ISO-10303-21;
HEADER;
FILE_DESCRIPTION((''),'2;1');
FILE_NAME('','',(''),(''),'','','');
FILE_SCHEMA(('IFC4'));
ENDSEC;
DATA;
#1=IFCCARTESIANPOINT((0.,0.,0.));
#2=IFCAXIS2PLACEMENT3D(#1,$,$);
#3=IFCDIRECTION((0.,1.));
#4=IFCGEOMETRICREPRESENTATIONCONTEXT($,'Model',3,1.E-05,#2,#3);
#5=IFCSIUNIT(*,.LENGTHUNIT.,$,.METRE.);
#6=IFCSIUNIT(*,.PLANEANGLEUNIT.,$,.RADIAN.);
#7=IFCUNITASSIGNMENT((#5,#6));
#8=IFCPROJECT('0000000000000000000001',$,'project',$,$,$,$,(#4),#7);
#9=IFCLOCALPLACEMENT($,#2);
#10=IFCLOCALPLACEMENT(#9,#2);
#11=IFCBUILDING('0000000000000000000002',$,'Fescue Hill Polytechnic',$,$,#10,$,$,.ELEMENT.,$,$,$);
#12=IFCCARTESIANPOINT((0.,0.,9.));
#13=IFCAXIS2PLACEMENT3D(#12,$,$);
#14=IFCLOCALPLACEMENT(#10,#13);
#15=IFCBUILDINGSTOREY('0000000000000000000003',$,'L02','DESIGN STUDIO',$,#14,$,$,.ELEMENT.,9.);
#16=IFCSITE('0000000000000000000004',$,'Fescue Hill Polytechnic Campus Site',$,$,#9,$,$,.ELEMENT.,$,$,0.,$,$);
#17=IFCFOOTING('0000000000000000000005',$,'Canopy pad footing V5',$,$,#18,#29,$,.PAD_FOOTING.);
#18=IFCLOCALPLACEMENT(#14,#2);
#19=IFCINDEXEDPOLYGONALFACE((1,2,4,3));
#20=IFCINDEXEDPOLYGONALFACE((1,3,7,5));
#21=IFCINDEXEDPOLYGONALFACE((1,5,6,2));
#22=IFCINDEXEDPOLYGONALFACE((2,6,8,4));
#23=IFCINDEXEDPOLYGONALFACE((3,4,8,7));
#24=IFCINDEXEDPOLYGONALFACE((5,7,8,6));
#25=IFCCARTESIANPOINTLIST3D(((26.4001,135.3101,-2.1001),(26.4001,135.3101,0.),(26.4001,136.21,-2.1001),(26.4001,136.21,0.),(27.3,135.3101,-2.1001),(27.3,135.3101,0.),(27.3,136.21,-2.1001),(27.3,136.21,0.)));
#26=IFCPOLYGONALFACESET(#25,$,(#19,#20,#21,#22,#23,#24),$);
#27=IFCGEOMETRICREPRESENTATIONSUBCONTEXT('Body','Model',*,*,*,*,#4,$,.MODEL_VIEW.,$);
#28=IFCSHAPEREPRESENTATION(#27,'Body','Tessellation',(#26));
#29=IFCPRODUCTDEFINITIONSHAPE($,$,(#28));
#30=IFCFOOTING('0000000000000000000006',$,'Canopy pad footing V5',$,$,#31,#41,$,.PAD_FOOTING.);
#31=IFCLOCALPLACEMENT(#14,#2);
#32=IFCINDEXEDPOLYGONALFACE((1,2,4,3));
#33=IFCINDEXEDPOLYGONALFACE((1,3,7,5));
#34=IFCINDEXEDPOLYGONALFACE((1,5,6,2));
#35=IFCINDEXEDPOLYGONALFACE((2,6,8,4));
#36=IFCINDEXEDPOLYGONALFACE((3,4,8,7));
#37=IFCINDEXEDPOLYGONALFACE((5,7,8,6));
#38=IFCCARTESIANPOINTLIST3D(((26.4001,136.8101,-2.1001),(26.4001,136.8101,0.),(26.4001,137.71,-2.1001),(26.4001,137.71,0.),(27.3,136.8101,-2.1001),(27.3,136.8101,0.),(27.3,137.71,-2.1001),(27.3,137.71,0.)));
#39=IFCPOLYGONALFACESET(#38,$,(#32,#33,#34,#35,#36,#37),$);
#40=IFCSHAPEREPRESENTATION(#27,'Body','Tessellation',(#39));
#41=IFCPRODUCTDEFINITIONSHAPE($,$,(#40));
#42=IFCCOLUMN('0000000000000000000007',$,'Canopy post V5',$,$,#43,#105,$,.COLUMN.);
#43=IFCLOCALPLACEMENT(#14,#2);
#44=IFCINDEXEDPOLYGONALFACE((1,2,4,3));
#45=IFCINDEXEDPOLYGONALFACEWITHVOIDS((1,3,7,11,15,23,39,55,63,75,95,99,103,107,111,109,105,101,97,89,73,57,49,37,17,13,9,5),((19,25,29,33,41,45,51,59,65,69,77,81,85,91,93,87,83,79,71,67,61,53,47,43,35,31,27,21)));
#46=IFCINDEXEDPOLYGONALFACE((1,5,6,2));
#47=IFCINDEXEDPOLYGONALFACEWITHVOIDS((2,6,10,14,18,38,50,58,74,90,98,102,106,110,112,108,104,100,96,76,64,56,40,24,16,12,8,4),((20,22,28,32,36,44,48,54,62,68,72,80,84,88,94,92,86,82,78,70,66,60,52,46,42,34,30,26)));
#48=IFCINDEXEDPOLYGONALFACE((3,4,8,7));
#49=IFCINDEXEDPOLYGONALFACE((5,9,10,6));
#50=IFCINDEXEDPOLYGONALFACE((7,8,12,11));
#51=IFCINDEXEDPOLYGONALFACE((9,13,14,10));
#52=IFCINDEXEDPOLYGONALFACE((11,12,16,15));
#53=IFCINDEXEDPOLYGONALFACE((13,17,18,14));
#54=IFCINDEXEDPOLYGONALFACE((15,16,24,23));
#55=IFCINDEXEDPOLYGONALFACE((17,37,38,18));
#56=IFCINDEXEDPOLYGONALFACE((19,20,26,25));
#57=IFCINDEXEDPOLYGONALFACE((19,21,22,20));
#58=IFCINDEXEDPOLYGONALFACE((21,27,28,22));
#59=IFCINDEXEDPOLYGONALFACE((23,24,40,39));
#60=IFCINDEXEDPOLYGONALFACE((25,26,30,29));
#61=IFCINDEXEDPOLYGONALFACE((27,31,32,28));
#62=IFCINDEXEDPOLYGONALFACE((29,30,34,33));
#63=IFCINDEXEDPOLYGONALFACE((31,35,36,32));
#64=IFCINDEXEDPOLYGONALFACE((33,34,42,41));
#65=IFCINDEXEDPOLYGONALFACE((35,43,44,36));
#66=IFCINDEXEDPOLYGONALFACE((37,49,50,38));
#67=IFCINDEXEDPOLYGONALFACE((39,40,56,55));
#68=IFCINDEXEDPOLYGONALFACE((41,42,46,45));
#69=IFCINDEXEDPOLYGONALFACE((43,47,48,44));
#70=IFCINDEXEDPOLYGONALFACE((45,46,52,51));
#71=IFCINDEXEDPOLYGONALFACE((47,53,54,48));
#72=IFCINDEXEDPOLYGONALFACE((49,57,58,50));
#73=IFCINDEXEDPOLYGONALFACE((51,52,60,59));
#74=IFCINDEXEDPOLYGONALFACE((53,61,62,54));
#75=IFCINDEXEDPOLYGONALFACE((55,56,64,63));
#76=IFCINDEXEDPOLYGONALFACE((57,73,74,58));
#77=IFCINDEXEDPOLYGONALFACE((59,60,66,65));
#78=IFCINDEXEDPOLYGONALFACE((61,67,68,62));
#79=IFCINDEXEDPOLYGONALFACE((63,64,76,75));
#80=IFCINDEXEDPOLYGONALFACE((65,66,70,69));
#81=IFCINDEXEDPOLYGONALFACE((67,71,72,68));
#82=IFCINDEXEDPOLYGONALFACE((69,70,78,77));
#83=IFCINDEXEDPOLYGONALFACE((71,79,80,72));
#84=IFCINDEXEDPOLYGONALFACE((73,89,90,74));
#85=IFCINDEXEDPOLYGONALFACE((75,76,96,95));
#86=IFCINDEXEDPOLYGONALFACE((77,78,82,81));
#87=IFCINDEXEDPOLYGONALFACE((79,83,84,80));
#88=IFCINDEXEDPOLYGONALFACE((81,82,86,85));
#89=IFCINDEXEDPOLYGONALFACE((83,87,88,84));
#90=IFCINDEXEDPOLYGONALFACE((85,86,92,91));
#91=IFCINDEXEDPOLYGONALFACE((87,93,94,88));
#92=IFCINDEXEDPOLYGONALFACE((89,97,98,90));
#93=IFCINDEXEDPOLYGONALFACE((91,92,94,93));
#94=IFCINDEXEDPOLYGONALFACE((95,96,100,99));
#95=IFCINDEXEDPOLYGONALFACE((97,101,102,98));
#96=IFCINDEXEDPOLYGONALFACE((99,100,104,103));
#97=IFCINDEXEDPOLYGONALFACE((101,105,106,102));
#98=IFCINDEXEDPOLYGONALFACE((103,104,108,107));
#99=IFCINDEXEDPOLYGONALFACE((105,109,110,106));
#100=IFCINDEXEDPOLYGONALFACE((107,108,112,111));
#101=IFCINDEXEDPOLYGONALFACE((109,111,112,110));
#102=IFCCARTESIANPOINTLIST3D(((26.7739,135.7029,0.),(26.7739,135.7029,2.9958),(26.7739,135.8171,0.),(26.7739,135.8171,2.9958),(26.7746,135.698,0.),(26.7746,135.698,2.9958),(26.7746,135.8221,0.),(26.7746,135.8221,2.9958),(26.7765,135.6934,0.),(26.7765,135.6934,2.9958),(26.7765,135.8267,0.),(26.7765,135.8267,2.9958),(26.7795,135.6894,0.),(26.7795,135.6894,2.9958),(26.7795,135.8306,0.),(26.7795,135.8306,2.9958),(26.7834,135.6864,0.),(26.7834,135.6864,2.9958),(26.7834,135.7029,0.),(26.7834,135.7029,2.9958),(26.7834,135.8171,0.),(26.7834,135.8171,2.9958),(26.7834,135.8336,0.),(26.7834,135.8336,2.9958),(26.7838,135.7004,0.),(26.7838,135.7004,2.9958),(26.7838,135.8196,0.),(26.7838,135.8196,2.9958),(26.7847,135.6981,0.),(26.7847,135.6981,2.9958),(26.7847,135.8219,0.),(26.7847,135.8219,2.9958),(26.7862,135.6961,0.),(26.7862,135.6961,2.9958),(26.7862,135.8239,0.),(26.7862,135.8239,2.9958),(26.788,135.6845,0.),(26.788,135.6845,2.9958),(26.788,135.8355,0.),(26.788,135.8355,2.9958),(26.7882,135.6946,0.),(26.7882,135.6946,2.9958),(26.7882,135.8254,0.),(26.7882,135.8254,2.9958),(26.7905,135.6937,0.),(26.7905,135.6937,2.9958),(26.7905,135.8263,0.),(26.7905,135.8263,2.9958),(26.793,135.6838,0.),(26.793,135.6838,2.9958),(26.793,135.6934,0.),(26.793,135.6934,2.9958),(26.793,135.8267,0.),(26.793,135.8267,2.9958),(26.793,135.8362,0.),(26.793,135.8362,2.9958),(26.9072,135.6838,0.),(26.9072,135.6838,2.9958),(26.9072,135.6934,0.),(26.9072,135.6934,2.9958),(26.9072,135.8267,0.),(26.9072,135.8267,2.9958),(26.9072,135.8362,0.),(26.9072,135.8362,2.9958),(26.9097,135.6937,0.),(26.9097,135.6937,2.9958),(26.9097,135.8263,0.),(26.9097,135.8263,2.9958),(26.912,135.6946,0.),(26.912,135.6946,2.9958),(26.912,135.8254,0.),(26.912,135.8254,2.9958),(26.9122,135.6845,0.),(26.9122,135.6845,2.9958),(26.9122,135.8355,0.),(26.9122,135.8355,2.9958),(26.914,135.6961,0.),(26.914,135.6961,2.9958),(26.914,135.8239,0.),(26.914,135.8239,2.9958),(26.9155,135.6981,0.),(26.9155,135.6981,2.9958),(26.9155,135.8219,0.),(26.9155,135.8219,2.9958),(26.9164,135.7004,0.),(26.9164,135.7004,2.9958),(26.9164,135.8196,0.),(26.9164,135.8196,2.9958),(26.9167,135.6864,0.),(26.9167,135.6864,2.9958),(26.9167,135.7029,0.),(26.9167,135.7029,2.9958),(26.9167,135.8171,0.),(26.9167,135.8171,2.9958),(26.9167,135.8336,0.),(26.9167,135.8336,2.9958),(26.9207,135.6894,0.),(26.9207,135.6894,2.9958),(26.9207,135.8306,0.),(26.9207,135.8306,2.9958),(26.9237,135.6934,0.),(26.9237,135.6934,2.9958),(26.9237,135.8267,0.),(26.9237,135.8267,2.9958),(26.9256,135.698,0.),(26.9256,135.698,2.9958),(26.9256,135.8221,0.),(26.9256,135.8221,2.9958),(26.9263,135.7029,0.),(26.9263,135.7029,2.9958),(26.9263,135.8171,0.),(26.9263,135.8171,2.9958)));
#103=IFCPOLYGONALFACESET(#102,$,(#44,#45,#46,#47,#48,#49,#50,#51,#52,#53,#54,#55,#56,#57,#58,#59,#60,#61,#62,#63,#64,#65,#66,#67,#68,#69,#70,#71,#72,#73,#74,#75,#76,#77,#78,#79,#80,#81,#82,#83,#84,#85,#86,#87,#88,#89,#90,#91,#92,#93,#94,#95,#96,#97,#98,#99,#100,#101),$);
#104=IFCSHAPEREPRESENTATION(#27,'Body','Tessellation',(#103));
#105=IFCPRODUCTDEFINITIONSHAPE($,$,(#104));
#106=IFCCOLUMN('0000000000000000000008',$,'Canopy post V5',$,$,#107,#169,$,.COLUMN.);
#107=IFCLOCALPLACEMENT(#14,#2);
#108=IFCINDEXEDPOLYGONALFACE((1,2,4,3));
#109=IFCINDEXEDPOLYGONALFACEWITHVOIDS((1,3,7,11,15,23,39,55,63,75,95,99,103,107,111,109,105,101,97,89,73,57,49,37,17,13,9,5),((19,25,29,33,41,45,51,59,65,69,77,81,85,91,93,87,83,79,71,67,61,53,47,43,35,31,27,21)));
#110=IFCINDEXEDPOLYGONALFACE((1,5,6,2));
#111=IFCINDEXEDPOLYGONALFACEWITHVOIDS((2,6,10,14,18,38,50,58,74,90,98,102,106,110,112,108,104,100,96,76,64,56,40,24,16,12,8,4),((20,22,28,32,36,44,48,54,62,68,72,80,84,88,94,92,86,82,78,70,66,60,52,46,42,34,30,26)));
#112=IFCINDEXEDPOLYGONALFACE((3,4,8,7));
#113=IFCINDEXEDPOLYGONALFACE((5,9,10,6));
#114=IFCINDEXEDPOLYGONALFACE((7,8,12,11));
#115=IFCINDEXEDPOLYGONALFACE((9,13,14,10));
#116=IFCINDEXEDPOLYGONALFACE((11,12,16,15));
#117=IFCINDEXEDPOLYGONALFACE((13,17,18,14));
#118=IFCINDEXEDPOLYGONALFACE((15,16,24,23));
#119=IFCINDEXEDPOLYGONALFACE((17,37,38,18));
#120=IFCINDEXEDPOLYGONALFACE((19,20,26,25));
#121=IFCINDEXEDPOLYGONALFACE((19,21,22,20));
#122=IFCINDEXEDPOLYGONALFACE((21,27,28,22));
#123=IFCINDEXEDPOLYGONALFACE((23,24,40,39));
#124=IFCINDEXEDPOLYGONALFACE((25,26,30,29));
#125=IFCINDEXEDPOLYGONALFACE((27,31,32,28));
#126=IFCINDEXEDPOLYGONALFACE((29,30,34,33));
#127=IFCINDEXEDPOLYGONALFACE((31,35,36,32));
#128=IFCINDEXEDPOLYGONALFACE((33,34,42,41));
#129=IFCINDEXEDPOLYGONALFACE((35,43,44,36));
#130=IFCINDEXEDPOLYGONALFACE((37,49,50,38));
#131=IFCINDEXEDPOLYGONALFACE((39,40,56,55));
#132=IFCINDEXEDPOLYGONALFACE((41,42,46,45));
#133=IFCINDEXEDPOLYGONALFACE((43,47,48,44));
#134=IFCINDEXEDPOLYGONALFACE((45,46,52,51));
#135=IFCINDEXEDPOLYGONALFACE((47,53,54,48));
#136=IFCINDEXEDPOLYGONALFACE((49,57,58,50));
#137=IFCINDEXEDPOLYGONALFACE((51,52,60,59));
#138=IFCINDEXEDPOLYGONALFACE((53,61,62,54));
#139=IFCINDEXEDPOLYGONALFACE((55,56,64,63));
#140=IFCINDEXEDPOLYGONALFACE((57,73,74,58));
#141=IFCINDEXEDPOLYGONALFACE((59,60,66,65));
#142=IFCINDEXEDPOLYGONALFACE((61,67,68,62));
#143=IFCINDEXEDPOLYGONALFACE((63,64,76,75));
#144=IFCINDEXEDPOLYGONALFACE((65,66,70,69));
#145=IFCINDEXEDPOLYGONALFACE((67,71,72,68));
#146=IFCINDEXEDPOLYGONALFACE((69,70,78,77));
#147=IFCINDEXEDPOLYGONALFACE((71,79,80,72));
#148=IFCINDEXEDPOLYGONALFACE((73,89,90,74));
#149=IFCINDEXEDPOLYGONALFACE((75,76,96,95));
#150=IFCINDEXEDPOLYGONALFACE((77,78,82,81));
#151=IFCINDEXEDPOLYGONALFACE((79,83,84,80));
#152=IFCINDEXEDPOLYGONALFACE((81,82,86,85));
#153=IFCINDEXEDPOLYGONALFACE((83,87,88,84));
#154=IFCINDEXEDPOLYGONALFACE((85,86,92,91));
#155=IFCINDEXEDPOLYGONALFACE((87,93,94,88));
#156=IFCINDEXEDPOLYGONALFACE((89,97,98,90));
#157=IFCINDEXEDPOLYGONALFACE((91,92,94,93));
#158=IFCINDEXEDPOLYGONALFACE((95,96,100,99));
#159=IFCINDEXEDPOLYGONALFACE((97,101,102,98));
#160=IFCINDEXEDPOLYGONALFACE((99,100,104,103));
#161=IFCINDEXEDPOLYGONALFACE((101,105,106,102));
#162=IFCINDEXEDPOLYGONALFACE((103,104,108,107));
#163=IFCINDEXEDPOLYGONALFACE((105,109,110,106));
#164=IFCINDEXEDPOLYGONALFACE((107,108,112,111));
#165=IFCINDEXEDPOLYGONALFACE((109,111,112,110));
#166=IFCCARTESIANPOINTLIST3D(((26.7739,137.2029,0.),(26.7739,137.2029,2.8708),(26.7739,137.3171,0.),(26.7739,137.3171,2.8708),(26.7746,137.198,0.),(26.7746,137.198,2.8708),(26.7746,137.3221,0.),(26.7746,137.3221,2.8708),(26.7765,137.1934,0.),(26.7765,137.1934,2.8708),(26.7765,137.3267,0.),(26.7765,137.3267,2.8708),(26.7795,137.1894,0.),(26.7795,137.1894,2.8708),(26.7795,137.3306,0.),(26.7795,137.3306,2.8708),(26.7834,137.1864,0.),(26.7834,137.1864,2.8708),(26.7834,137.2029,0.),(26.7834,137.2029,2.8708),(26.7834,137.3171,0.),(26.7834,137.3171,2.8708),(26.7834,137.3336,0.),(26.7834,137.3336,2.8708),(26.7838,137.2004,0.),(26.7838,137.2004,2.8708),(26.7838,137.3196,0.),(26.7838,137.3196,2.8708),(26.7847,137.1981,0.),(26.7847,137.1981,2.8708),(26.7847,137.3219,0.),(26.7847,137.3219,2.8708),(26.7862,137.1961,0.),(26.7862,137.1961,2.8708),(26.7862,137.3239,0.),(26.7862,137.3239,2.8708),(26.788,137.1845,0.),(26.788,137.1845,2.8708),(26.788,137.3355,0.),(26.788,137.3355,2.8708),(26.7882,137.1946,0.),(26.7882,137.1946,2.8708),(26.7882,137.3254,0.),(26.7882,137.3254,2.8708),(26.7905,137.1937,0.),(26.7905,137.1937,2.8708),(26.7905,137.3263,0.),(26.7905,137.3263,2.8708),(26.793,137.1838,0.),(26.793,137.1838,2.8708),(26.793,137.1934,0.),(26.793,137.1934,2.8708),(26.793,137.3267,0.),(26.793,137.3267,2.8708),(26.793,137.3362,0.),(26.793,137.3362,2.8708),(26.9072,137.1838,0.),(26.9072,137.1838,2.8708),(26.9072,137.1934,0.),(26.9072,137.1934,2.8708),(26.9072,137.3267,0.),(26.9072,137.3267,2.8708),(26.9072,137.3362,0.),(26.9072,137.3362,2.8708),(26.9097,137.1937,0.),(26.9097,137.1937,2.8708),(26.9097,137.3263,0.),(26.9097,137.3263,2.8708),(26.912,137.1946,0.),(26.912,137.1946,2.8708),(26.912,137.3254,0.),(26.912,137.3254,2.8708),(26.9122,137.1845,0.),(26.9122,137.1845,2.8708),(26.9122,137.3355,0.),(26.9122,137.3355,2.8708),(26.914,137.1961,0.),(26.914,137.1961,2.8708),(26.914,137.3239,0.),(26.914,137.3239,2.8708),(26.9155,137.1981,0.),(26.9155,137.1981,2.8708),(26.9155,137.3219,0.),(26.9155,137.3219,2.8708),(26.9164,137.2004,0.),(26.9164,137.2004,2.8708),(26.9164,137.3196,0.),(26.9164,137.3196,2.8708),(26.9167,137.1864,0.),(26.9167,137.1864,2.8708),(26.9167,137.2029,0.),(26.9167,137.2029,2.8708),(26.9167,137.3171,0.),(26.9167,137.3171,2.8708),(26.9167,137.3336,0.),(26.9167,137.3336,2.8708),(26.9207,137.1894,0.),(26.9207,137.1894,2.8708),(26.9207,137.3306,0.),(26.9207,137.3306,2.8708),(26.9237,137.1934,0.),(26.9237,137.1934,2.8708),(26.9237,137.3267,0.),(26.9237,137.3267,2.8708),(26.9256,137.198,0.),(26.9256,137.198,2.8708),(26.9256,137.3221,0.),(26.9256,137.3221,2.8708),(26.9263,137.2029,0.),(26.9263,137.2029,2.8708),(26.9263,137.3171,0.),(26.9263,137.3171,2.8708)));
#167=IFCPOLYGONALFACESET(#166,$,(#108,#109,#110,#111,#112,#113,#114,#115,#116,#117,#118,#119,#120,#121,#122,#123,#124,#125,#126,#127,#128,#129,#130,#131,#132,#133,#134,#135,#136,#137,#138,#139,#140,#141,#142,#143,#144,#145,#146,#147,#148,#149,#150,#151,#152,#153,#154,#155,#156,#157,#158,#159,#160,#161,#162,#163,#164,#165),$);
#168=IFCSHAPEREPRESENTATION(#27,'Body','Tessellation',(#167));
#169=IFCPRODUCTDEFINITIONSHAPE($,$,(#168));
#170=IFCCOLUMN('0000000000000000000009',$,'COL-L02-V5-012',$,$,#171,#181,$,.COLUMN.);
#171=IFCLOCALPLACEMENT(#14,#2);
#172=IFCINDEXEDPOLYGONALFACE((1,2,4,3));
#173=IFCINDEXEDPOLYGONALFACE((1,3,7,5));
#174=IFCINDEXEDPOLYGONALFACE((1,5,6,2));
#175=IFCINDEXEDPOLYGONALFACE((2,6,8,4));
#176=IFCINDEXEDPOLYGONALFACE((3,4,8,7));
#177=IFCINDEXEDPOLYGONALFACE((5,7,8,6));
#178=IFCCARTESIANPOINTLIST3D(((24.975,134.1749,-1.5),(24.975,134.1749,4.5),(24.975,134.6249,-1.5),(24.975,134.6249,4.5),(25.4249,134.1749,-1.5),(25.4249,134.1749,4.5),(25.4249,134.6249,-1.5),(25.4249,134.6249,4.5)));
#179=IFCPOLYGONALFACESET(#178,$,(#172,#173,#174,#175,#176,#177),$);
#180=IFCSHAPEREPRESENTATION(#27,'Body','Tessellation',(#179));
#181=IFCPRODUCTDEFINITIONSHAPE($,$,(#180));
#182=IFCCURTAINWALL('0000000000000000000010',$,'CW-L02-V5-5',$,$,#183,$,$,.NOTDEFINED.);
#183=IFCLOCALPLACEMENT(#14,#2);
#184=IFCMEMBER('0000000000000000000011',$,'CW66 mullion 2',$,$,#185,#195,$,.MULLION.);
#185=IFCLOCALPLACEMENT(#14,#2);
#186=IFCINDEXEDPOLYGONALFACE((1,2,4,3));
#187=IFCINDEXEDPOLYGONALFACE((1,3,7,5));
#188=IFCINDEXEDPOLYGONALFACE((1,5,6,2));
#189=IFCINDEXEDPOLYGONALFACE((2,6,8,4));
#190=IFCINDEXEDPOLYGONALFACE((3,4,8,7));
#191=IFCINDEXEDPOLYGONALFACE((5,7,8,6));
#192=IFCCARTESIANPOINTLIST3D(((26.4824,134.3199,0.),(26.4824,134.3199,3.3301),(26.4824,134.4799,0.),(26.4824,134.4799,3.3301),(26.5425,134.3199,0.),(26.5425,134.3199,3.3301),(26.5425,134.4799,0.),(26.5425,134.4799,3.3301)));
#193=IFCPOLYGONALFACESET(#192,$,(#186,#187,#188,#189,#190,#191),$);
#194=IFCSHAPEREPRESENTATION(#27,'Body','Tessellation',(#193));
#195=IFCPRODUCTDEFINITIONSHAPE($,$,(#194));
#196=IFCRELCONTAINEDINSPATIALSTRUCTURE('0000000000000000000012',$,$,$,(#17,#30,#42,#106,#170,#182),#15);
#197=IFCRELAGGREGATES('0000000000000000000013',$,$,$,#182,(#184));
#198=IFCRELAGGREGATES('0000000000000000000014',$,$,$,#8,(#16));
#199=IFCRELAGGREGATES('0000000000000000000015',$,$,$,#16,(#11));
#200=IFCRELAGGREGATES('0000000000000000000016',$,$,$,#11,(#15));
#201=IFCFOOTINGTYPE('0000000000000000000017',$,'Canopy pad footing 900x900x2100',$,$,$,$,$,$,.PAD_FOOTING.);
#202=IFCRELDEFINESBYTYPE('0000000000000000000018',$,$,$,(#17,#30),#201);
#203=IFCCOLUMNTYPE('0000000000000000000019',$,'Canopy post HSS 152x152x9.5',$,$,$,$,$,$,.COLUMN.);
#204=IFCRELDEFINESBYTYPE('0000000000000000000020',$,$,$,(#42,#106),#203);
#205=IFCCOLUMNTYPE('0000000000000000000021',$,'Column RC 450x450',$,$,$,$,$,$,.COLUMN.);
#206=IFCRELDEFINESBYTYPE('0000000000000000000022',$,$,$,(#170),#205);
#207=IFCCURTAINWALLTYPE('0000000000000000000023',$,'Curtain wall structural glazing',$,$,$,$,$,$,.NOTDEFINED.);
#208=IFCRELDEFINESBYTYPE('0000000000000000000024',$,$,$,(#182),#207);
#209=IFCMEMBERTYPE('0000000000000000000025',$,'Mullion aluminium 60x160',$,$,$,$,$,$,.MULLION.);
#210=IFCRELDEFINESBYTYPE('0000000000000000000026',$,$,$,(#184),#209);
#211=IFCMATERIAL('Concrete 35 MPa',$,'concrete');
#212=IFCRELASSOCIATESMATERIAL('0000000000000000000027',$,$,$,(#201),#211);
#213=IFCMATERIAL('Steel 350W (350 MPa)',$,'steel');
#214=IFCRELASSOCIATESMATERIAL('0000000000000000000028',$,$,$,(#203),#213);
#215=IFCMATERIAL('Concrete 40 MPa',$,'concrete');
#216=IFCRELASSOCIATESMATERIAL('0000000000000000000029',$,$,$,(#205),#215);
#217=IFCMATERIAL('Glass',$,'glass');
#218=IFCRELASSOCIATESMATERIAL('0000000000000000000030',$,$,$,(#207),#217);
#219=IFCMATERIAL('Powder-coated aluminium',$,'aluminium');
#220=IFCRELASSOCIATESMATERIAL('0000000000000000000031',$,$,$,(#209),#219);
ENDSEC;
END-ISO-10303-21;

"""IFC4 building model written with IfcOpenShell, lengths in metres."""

from ifc_helpers import new_model, si_unit, direction, frame, origin, origin_2d, place, context, subcontext, project, spatial, rectangle, hollow_rectangle, extrude, material, material_profile, profile_set, type_object, element, aggregate, save


model = new_model("IFC4")

# Units and contexts
model_context = context("Model", 3, precision=1e-05, world=origin(), true_north=direction((0.0, 1.0)))
body_context = subcontext(model_context, "Body", "Model", "MODEL_VIEW")
ifc_project = project(units=[si_unit("LENGTHUNIT", "METRE"), si_unit("PLANEANGLEUNIT", "RADIAN")], contexts=[model_context])

# Site, building, storey
site_placement = place(None, origin())
site = spatial("IfcSite", under=ifc_project, at=site_placement, Name="Fescue Hill Polytechnic Campus Site", CompositionType="ELEMENT", RefElevation=0.0)
building_placement = place(site_placement, origin())
building = spatial("IfcBuilding", under=site, at=building_placement, Name="Fescue Hill Polytechnic", CompositionType="ELEMENT")
storey_placement = place(building_placement, frame((0.0, 0.0, 9.0)))
storey = spatial("IfcBuildingStorey", under=building, at=storey_placement, Name="L02", Description="DESIGN STUDIO", CompositionType="ELEMENT", Elevation=9.0)

# Footings
ifc_material_1 = material(Name="Concrete 35 MPa", Category="concrete")
footing_type = type_object("IfcFootingType", Name="Canopy pad footing 900x900x2100", PredefinedType="PAD_FOOTING", material=ifc_material_1)
for number, where, z_axis, x_axis, name in (
    (1, (26.8501, 135.76, -2.1001), (0.0, 0.0, 1.0), (-1.0, 0.0, 0.0), "Canopy pad footing V5"),
    (2, (26.8501, 137.26, -2.1001), (0.0, 0.0, 1.0), (-1.0, 0.0, 0.0), "Canopy pad footing V5"),
):
    element("IfcFooting", number, at=place(storey_placement, frame(where, z_axis=z_axis, x_axis=x_axis)), inside=storey, type_object=footing_type, Name=name, PredefinedType="PAD_FOOTING", context=body_context, shape_type="SweptSolid", body=[
        extrude(rectangle(XDim=0.8999, YDim=0.8999, at=origin_2d()), origin(), (0.0, 0.0, 1.0), 2.1001),
    ])

# Columns
ifc_material_2 = material(Name="Steel 350W (350 MPa)", Category="steel")
ifc_material_profile_1 = material_profile(ifc_material_2, hollow_rectangle(XDim=0.1523, YDim=0.1523, WallThickness=0.0095, InnerFilletRadius=0.0095, OuterFilletRadius=0.019, at=origin_2d()), Name="Canopy post HSS 152x152x9.5")
ifc_profile_set_1 = profile_set([ifc_material_profile_1], Name="Steel 350W (350 MPa)")
column_type_1 = type_object("IfcColumnType", Name="Canopy post HSS 152x152x9.5", PredefinedType="COLUMN", material=ifc_profile_set_1)
column_1_placement = place(storey_placement, frame((26.8501, 135.76, 0.0), z_axis=(0.0, 0.0, 1.0), x_axis=(1.0, 0.0, 0.0)))
element("IfcColumn", 3, at=column_1_placement, inside=storey, type_object=column_type_1, Name="Canopy post V5", PredefinedType="COLUMN", context=body_context, shape_type="SweptSolid", body=[
    extrude(hollow_rectangle(XDim=0.1523, YDim=0.1523, WallThickness=0.0095, InnerFilletRadius=0.0095, OuterFilletRadius=0.019, at=origin_2d()), origin(), (0.0, 0.0, 1.0), 2.9958),
])
column_2_placement = place(storey_placement, frame((26.8501, 137.26, 0.0), z_axis=(0.0, 0.0, 1.0), x_axis=(1.0, 0.0, 0.0)))
element("IfcColumn", 4, at=column_2_placement, inside=storey, type_object=column_type_1, Name="Canopy post V5", PredefinedType="COLUMN", context=body_context, shape_type="SweptSolid", body=[
    extrude(hollow_rectangle(XDim=0.1523, YDim=0.1523, WallThickness=0.0095, InnerFilletRadius=0.0095, OuterFilletRadius=0.019, at=origin_2d()), origin(), (0.0, 0.0, 1.0), 2.8708),
])
ifc_material_3 = material(Name="Concrete 40 MPa", Category="concrete")
ifc_material_profile_2 = material_profile(ifc_material_3, rectangle(XDim=0.45, YDim=0.45, at=origin_2d()), Name="RC 450x450")
ifc_profile_set_2 = profile_set([ifc_material_profile_2], Name="Concrete 40 MPa")
column_type_2 = type_object("IfcColumnType", Name="Column RC 450x450", PredefinedType="COLUMN", material=ifc_profile_set_2)
column_3_placement = place(storey_placement, frame((25.2, 134.3999, -1.5), z_axis=(0.0, 0.0, 1.0), x_axis=(1.0, 0.0, 0.0)))
element("IfcColumn", 5, at=column_3_placement, inside=storey, type_object=column_type_2, Name="COL-L02-V5-012", PredefinedType="COLUMN", context=body_context, shape_type="SweptSolid", body=[
    extrude(rectangle(XDim=0.45, YDim=0.45, at=origin_2d()), origin(), (0.0, 0.0, 1.0), 6.0),
])

# Curtain wall, member
ifc_material_4 = material(Name="Glass", Category="glass")
curtain_wall_type = type_object("IfcCurtainWallType", Name="Curtain wall structural glazing", PredefinedType="NOTDEFINED", material=ifc_material_4)
curtain_wall_1_placement = place(storey_placement, origin())
curtain_wall_1 = element("IfcCurtainWall", 6, at=curtain_wall_1_placement, inside=storey, type_object=curtain_wall_type, Name="CW-L02-V5-5", PredefinedType="NOTDEFINED")
ifc_material_5 = material(Name="Powder-coated aluminium", Category="aluminium")
ifc_material_profile_3 = material_profile(ifc_material_5, rectangle(XDim=0.1599, YDim=0.0601, at=origin_2d()), Name="Mullion aluminium 60x160")
ifc_profile_set_3 = profile_set([ifc_material_profile_3], Name="Powder-coated aluminium")
member_type_1 = type_object("IfcMemberType", Name="Mullion aluminium 60x160", PredefinedType="MULLION", material=ifc_profile_set_3)
member_1_placement = place(storey_placement, frame((26.5125, 134.3999, 0.0), z_axis=(0.0, 0.0, 1.0), x_axis=(0.0, -1.0, 0.0)))
member_1 = element("IfcMember", 7, at=member_1_placement, type_object=member_type_1, Name="CW66 mullion 2", PredefinedType="MULLION", context=body_context, shape_type="SweptSolid", body=[
    extrude(rectangle(XDim=0.1599, YDim=0.0601, at=origin_2d()), origin(), (0.0, 0.0, 1.0), 3.3301),
])

aggregate(curtain_wall_1, [member_1])

save(model, "model.ifc")
